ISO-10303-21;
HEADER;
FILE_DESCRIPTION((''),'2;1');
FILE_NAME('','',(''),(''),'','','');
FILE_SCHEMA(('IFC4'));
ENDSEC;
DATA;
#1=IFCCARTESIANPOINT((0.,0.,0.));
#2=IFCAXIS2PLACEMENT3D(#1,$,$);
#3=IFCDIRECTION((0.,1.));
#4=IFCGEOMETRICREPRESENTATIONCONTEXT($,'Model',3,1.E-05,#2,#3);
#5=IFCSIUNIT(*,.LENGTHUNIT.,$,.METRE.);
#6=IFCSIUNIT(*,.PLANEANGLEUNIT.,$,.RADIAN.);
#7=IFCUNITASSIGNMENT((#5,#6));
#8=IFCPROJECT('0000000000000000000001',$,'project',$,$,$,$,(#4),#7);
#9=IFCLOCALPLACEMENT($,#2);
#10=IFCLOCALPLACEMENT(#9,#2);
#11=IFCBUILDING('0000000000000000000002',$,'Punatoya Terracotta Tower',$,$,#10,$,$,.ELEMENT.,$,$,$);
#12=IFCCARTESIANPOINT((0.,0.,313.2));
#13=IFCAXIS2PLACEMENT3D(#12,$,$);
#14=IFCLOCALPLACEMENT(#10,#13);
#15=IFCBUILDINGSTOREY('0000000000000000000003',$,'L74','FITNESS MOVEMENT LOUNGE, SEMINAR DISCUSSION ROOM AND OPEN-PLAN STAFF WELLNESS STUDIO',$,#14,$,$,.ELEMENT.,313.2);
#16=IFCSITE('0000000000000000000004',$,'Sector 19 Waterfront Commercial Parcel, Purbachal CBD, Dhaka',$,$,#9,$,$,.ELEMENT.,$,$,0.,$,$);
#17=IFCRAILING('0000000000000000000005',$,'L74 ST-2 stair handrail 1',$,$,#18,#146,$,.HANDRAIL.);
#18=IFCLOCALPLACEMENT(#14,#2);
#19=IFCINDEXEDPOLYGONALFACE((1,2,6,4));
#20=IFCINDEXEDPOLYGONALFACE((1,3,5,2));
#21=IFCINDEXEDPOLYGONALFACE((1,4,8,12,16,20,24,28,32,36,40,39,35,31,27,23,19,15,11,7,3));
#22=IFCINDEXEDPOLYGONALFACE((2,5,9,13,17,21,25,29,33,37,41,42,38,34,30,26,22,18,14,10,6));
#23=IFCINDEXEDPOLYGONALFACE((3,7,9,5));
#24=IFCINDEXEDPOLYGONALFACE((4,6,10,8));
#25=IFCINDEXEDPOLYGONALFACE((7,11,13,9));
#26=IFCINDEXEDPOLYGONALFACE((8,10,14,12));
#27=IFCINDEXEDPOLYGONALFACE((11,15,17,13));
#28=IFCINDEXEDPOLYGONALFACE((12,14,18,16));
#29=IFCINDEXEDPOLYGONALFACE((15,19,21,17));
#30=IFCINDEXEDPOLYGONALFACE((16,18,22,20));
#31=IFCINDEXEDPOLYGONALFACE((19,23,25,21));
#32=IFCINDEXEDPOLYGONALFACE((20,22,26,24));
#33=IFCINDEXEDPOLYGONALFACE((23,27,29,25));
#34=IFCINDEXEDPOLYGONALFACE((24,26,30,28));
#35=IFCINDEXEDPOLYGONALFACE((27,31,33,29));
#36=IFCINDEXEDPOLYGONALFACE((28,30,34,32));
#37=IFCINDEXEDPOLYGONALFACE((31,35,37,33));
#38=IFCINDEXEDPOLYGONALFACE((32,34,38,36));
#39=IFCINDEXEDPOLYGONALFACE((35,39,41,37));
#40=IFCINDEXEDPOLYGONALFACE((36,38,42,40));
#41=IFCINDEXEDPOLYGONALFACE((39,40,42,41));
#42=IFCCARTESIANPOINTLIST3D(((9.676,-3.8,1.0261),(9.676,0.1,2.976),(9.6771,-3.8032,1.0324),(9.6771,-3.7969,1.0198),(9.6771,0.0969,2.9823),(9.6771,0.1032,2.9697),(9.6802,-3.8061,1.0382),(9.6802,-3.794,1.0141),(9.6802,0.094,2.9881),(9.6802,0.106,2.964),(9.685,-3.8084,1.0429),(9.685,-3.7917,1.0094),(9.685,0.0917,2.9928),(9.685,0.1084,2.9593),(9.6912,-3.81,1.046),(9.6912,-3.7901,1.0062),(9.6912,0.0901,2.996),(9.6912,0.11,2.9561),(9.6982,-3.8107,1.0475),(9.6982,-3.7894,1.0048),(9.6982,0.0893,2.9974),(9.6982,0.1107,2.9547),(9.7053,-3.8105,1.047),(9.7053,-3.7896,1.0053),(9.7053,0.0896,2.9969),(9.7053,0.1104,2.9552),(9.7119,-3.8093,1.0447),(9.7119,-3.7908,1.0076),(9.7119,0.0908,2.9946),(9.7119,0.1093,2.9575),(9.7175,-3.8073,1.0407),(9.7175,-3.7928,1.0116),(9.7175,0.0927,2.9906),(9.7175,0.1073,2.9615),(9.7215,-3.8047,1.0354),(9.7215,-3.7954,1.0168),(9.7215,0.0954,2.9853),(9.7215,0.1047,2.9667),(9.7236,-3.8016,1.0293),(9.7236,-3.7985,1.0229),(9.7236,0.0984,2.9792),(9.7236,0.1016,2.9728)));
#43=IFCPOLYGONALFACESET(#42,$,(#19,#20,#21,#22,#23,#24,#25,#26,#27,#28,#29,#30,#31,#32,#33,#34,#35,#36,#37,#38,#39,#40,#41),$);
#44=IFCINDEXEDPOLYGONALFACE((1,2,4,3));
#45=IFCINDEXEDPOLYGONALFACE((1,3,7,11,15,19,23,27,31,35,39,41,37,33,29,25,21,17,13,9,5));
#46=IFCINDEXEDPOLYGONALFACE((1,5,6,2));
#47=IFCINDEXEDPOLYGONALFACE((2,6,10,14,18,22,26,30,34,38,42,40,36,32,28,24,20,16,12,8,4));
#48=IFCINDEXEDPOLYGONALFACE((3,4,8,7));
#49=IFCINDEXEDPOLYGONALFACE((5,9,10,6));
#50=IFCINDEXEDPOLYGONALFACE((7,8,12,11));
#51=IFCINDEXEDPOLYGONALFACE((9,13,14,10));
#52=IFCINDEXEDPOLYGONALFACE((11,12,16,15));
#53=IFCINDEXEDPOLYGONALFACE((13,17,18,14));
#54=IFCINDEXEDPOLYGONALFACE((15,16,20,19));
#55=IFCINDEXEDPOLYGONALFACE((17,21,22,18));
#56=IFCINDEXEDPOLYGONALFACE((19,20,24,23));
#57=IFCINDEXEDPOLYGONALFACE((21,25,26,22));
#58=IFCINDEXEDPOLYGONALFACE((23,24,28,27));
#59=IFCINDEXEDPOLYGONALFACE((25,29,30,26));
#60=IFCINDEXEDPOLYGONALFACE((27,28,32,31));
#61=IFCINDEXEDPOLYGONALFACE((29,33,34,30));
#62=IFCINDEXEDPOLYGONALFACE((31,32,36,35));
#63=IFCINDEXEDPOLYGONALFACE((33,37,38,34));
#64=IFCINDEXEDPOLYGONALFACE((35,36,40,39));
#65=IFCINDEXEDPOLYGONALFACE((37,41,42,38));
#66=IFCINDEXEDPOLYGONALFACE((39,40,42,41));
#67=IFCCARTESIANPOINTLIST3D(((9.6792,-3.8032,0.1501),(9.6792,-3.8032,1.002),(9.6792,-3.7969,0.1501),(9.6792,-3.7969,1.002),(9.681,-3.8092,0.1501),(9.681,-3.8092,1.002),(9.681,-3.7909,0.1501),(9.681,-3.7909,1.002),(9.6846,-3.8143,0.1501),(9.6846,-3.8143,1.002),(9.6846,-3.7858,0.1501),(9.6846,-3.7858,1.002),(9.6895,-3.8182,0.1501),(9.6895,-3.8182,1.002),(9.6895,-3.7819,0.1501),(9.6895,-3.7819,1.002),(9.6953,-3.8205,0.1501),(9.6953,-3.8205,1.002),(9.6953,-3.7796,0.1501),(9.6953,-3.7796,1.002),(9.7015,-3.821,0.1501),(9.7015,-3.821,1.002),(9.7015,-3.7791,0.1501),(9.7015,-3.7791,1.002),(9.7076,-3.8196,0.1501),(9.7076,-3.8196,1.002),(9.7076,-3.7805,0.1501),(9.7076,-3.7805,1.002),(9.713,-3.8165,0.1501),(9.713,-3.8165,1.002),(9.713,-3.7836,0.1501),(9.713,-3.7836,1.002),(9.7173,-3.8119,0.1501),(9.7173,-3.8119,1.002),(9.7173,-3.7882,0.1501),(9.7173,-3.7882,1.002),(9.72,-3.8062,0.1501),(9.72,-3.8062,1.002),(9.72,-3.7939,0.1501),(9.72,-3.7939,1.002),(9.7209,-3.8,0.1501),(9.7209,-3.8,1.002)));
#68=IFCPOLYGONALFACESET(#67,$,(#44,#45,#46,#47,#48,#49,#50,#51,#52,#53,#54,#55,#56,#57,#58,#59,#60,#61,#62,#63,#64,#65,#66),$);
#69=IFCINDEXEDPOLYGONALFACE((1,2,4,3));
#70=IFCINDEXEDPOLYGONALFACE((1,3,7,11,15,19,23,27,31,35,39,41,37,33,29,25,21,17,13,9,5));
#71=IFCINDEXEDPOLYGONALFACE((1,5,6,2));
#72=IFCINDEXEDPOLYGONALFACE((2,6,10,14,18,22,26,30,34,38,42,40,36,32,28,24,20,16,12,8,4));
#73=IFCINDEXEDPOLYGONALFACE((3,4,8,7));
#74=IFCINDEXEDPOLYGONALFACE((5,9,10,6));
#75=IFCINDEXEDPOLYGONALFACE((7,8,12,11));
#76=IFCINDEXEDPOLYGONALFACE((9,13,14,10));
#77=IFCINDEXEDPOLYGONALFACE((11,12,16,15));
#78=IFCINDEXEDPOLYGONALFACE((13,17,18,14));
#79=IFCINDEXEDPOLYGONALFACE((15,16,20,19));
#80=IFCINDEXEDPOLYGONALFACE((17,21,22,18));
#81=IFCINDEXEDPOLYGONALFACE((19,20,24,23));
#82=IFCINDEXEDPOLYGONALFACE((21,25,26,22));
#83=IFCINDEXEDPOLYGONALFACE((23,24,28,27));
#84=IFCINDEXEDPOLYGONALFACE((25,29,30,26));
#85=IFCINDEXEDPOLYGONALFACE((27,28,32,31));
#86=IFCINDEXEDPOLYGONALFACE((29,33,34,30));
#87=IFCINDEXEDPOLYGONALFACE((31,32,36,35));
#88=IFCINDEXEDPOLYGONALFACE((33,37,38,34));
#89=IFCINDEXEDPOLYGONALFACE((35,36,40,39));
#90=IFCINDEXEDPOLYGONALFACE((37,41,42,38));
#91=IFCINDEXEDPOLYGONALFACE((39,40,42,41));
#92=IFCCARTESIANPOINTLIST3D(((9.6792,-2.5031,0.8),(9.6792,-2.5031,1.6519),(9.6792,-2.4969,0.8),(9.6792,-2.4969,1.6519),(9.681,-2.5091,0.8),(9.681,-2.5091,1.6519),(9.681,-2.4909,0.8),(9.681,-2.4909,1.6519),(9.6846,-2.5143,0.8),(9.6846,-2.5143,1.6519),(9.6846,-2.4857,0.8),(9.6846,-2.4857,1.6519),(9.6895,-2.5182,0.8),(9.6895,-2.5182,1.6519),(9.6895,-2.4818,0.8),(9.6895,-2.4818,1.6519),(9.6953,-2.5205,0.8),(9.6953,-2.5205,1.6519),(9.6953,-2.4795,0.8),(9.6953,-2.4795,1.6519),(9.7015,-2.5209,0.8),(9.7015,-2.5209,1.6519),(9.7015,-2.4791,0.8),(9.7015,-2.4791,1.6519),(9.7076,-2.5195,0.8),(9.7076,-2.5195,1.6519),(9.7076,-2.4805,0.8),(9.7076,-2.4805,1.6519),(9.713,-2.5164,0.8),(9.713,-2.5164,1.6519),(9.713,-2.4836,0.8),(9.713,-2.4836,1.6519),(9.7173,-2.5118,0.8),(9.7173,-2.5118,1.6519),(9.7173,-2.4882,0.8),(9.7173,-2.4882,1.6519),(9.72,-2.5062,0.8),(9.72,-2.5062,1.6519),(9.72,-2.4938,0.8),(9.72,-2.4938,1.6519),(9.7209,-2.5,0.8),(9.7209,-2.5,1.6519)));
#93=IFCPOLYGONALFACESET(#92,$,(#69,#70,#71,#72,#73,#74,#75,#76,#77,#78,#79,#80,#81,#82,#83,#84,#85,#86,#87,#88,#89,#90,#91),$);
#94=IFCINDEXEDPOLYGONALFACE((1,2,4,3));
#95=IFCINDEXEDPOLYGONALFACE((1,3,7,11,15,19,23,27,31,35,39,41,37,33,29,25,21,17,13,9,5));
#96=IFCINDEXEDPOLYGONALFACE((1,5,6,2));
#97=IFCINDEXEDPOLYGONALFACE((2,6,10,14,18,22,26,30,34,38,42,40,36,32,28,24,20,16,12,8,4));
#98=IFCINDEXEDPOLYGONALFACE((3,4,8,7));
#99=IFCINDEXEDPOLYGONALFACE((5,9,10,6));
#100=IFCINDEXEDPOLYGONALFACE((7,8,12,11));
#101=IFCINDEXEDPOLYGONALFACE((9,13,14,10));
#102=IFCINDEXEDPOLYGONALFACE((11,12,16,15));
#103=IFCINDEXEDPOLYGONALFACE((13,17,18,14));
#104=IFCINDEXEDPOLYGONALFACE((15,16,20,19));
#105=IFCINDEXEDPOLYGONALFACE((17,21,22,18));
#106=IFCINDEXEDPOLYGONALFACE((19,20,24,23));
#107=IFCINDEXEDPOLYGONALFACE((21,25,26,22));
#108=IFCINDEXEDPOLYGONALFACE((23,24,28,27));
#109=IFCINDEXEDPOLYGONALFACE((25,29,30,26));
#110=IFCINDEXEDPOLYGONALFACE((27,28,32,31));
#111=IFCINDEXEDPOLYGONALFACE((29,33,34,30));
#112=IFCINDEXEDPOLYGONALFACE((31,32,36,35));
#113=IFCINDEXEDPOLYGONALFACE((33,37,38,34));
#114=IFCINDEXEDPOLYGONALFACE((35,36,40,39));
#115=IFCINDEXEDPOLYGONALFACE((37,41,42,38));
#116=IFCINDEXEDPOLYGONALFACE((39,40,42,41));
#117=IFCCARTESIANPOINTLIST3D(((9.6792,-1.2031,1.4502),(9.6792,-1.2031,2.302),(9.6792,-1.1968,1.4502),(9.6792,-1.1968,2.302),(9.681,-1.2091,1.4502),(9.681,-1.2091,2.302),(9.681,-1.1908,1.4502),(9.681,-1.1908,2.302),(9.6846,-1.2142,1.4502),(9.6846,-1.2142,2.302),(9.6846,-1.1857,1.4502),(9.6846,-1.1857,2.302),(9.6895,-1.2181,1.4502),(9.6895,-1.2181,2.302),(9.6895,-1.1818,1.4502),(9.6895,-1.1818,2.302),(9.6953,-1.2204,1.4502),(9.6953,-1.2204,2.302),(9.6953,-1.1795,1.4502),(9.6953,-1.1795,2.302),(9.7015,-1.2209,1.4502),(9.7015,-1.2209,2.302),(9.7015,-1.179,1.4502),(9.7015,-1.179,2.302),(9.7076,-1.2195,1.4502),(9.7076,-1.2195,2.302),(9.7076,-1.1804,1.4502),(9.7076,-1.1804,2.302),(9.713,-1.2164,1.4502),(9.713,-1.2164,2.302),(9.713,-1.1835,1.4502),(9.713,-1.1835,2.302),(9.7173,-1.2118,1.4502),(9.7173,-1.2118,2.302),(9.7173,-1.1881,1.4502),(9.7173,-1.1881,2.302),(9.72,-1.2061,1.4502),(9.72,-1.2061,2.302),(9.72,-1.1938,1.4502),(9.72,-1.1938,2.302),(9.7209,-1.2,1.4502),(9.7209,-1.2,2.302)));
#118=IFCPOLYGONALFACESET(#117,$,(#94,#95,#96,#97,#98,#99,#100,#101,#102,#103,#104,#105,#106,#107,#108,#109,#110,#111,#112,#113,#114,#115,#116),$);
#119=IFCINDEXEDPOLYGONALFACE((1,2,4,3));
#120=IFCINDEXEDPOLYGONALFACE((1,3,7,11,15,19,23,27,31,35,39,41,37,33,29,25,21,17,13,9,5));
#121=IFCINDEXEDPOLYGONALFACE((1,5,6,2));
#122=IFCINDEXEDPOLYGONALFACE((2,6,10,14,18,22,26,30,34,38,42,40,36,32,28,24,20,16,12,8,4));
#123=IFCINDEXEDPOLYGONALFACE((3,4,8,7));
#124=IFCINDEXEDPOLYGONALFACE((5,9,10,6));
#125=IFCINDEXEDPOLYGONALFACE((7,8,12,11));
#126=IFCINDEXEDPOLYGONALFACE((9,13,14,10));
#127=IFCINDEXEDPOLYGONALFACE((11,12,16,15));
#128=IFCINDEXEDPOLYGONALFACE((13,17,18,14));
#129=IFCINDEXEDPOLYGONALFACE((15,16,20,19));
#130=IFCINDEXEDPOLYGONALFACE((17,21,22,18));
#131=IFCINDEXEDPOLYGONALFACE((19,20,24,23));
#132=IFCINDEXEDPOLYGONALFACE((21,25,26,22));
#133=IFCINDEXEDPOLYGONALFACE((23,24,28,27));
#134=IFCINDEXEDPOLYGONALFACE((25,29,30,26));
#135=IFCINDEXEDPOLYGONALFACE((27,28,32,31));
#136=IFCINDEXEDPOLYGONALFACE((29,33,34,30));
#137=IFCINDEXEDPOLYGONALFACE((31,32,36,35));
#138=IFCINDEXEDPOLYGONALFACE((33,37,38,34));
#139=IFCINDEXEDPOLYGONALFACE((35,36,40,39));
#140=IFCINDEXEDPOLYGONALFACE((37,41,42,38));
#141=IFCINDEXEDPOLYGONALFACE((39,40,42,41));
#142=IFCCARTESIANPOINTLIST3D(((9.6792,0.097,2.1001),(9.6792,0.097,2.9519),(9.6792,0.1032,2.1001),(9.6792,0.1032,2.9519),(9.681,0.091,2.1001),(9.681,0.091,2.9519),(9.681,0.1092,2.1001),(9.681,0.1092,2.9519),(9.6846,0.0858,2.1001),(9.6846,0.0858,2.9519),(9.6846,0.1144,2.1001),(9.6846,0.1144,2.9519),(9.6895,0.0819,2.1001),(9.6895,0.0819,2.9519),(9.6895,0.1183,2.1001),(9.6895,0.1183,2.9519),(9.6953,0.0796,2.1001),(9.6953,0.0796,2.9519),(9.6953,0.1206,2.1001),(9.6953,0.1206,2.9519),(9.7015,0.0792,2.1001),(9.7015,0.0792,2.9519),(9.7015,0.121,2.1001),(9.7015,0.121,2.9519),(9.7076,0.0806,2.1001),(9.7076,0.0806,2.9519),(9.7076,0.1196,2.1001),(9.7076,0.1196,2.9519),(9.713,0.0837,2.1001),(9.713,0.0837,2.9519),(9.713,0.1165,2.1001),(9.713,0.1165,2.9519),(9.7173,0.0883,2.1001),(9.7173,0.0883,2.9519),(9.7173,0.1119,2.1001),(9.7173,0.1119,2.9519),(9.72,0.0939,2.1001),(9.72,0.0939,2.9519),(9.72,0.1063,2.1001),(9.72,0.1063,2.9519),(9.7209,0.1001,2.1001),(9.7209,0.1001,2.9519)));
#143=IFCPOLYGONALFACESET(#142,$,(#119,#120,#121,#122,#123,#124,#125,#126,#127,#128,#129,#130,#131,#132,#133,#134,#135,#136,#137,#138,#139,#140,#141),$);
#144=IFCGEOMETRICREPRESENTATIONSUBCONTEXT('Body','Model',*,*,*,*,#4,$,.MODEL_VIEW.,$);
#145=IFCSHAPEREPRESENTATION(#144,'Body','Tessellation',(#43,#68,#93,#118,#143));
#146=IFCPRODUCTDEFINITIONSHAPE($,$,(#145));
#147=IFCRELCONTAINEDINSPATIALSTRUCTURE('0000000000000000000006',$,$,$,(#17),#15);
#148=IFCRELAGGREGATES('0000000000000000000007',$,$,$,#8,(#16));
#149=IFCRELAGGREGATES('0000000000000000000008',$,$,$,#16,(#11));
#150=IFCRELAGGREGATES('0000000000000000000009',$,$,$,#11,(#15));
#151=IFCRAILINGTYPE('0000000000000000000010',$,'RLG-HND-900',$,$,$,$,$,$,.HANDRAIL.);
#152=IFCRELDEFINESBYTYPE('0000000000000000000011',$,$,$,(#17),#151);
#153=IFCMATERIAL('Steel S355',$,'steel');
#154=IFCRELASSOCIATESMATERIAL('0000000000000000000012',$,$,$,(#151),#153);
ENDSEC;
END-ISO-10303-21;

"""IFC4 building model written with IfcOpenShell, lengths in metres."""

from ifc_helpers import new_model, si_unit, direction, frame, origin, origin_2d, place, context, subcontext, project, spatial, circle, extrude, material, type_object, element, save


model = new_model("IFC4")

# Units and contexts
model_context = context("Model", 3, precision=1e-05, world=origin(), true_north=direction((0.0, 1.0)))
body_context = subcontext(model_context, "Body", "Model", "MODEL_VIEW")
ifc_project = project(units=[si_unit("LENGTHUNIT", "METRE"), si_unit("PLANEANGLEUNIT", "RADIAN")], contexts=[model_context])

# Site, building, storey
site_placement = place(None, origin())
site = spatial("IfcSite", under=ifc_project, at=site_placement, Name="Sector 19 Waterfront Commercial Parcel, Purbachal CBD, Dhaka", CompositionType="ELEMENT", RefElevation=0.0)
building_placement = place(site_placement, origin())
building = spatial("IfcBuilding", under=site, at=building_placement, Name="Punatoya Terracotta Tower", CompositionType="ELEMENT")
storey_placement = place(building_placement, frame((0.0, 0.0, 313.2)))
storey = spatial("IfcBuildingStorey", under=building, at=storey_placement, Name="L74", Description="FITNESS MOVEMENT LOUNGE, SEMINAR DISCUSSION ROOM AND OPEN-PLAN STAFF WELLNESS STUDIO", CompositionType="ELEMENT", Elevation=313.2)

# Shared definitions
ifc_material_1 = material(Name="Steel S355", Category="steel")

# Railing
railing_type = type_object("IfcRailingType", Name="RLG-HND-900", PredefinedType="HANDRAIL", material=ifc_material_1)
railing_placement = place(storey_placement, frame((9.7, -3.8, 0.1501)))
element("IfcRailing", 1, at=railing_placement, inside=storey, type_object=railing_type, Name="L74 ST-2 stair handrail 1", PredefinedType="HANDRAIL", context=body_context, shape_type="SweptSolid", body=[
    extrude(circle(Radius=0.0239, at=origin_2d()), frame((0.0, 0.0, 0.876), z_axis=(0.0, 0.894438, 0.447191), x_axis=(-1.0, 0.0, 0.0)), (0.0, 0.0, 1.0), 4.3604),
    extrude(circle(Radius=0.021, at=origin_2d()), origin(), (0.0, 0.0, 1.0), 0.8518),
    extrude(circle(Radius=0.021, at=origin_2d()), frame((0.0, 1.3, 0.6499)), (0.0, 0.0, 1.0), 0.8518),
    extrude(circle(Radius=0.021, at=origin_2d()), frame((0.0, 2.6001, 1.3)), (0.0, 0.0, 1.0), 0.8518),
    extrude(circle(Radius=0.021, at=origin_2d()), frame((0.0, 3.9001, 1.95)), (0.0, 0.0, 1.0), 0.8518),
])

save(model, "model.ifc")
